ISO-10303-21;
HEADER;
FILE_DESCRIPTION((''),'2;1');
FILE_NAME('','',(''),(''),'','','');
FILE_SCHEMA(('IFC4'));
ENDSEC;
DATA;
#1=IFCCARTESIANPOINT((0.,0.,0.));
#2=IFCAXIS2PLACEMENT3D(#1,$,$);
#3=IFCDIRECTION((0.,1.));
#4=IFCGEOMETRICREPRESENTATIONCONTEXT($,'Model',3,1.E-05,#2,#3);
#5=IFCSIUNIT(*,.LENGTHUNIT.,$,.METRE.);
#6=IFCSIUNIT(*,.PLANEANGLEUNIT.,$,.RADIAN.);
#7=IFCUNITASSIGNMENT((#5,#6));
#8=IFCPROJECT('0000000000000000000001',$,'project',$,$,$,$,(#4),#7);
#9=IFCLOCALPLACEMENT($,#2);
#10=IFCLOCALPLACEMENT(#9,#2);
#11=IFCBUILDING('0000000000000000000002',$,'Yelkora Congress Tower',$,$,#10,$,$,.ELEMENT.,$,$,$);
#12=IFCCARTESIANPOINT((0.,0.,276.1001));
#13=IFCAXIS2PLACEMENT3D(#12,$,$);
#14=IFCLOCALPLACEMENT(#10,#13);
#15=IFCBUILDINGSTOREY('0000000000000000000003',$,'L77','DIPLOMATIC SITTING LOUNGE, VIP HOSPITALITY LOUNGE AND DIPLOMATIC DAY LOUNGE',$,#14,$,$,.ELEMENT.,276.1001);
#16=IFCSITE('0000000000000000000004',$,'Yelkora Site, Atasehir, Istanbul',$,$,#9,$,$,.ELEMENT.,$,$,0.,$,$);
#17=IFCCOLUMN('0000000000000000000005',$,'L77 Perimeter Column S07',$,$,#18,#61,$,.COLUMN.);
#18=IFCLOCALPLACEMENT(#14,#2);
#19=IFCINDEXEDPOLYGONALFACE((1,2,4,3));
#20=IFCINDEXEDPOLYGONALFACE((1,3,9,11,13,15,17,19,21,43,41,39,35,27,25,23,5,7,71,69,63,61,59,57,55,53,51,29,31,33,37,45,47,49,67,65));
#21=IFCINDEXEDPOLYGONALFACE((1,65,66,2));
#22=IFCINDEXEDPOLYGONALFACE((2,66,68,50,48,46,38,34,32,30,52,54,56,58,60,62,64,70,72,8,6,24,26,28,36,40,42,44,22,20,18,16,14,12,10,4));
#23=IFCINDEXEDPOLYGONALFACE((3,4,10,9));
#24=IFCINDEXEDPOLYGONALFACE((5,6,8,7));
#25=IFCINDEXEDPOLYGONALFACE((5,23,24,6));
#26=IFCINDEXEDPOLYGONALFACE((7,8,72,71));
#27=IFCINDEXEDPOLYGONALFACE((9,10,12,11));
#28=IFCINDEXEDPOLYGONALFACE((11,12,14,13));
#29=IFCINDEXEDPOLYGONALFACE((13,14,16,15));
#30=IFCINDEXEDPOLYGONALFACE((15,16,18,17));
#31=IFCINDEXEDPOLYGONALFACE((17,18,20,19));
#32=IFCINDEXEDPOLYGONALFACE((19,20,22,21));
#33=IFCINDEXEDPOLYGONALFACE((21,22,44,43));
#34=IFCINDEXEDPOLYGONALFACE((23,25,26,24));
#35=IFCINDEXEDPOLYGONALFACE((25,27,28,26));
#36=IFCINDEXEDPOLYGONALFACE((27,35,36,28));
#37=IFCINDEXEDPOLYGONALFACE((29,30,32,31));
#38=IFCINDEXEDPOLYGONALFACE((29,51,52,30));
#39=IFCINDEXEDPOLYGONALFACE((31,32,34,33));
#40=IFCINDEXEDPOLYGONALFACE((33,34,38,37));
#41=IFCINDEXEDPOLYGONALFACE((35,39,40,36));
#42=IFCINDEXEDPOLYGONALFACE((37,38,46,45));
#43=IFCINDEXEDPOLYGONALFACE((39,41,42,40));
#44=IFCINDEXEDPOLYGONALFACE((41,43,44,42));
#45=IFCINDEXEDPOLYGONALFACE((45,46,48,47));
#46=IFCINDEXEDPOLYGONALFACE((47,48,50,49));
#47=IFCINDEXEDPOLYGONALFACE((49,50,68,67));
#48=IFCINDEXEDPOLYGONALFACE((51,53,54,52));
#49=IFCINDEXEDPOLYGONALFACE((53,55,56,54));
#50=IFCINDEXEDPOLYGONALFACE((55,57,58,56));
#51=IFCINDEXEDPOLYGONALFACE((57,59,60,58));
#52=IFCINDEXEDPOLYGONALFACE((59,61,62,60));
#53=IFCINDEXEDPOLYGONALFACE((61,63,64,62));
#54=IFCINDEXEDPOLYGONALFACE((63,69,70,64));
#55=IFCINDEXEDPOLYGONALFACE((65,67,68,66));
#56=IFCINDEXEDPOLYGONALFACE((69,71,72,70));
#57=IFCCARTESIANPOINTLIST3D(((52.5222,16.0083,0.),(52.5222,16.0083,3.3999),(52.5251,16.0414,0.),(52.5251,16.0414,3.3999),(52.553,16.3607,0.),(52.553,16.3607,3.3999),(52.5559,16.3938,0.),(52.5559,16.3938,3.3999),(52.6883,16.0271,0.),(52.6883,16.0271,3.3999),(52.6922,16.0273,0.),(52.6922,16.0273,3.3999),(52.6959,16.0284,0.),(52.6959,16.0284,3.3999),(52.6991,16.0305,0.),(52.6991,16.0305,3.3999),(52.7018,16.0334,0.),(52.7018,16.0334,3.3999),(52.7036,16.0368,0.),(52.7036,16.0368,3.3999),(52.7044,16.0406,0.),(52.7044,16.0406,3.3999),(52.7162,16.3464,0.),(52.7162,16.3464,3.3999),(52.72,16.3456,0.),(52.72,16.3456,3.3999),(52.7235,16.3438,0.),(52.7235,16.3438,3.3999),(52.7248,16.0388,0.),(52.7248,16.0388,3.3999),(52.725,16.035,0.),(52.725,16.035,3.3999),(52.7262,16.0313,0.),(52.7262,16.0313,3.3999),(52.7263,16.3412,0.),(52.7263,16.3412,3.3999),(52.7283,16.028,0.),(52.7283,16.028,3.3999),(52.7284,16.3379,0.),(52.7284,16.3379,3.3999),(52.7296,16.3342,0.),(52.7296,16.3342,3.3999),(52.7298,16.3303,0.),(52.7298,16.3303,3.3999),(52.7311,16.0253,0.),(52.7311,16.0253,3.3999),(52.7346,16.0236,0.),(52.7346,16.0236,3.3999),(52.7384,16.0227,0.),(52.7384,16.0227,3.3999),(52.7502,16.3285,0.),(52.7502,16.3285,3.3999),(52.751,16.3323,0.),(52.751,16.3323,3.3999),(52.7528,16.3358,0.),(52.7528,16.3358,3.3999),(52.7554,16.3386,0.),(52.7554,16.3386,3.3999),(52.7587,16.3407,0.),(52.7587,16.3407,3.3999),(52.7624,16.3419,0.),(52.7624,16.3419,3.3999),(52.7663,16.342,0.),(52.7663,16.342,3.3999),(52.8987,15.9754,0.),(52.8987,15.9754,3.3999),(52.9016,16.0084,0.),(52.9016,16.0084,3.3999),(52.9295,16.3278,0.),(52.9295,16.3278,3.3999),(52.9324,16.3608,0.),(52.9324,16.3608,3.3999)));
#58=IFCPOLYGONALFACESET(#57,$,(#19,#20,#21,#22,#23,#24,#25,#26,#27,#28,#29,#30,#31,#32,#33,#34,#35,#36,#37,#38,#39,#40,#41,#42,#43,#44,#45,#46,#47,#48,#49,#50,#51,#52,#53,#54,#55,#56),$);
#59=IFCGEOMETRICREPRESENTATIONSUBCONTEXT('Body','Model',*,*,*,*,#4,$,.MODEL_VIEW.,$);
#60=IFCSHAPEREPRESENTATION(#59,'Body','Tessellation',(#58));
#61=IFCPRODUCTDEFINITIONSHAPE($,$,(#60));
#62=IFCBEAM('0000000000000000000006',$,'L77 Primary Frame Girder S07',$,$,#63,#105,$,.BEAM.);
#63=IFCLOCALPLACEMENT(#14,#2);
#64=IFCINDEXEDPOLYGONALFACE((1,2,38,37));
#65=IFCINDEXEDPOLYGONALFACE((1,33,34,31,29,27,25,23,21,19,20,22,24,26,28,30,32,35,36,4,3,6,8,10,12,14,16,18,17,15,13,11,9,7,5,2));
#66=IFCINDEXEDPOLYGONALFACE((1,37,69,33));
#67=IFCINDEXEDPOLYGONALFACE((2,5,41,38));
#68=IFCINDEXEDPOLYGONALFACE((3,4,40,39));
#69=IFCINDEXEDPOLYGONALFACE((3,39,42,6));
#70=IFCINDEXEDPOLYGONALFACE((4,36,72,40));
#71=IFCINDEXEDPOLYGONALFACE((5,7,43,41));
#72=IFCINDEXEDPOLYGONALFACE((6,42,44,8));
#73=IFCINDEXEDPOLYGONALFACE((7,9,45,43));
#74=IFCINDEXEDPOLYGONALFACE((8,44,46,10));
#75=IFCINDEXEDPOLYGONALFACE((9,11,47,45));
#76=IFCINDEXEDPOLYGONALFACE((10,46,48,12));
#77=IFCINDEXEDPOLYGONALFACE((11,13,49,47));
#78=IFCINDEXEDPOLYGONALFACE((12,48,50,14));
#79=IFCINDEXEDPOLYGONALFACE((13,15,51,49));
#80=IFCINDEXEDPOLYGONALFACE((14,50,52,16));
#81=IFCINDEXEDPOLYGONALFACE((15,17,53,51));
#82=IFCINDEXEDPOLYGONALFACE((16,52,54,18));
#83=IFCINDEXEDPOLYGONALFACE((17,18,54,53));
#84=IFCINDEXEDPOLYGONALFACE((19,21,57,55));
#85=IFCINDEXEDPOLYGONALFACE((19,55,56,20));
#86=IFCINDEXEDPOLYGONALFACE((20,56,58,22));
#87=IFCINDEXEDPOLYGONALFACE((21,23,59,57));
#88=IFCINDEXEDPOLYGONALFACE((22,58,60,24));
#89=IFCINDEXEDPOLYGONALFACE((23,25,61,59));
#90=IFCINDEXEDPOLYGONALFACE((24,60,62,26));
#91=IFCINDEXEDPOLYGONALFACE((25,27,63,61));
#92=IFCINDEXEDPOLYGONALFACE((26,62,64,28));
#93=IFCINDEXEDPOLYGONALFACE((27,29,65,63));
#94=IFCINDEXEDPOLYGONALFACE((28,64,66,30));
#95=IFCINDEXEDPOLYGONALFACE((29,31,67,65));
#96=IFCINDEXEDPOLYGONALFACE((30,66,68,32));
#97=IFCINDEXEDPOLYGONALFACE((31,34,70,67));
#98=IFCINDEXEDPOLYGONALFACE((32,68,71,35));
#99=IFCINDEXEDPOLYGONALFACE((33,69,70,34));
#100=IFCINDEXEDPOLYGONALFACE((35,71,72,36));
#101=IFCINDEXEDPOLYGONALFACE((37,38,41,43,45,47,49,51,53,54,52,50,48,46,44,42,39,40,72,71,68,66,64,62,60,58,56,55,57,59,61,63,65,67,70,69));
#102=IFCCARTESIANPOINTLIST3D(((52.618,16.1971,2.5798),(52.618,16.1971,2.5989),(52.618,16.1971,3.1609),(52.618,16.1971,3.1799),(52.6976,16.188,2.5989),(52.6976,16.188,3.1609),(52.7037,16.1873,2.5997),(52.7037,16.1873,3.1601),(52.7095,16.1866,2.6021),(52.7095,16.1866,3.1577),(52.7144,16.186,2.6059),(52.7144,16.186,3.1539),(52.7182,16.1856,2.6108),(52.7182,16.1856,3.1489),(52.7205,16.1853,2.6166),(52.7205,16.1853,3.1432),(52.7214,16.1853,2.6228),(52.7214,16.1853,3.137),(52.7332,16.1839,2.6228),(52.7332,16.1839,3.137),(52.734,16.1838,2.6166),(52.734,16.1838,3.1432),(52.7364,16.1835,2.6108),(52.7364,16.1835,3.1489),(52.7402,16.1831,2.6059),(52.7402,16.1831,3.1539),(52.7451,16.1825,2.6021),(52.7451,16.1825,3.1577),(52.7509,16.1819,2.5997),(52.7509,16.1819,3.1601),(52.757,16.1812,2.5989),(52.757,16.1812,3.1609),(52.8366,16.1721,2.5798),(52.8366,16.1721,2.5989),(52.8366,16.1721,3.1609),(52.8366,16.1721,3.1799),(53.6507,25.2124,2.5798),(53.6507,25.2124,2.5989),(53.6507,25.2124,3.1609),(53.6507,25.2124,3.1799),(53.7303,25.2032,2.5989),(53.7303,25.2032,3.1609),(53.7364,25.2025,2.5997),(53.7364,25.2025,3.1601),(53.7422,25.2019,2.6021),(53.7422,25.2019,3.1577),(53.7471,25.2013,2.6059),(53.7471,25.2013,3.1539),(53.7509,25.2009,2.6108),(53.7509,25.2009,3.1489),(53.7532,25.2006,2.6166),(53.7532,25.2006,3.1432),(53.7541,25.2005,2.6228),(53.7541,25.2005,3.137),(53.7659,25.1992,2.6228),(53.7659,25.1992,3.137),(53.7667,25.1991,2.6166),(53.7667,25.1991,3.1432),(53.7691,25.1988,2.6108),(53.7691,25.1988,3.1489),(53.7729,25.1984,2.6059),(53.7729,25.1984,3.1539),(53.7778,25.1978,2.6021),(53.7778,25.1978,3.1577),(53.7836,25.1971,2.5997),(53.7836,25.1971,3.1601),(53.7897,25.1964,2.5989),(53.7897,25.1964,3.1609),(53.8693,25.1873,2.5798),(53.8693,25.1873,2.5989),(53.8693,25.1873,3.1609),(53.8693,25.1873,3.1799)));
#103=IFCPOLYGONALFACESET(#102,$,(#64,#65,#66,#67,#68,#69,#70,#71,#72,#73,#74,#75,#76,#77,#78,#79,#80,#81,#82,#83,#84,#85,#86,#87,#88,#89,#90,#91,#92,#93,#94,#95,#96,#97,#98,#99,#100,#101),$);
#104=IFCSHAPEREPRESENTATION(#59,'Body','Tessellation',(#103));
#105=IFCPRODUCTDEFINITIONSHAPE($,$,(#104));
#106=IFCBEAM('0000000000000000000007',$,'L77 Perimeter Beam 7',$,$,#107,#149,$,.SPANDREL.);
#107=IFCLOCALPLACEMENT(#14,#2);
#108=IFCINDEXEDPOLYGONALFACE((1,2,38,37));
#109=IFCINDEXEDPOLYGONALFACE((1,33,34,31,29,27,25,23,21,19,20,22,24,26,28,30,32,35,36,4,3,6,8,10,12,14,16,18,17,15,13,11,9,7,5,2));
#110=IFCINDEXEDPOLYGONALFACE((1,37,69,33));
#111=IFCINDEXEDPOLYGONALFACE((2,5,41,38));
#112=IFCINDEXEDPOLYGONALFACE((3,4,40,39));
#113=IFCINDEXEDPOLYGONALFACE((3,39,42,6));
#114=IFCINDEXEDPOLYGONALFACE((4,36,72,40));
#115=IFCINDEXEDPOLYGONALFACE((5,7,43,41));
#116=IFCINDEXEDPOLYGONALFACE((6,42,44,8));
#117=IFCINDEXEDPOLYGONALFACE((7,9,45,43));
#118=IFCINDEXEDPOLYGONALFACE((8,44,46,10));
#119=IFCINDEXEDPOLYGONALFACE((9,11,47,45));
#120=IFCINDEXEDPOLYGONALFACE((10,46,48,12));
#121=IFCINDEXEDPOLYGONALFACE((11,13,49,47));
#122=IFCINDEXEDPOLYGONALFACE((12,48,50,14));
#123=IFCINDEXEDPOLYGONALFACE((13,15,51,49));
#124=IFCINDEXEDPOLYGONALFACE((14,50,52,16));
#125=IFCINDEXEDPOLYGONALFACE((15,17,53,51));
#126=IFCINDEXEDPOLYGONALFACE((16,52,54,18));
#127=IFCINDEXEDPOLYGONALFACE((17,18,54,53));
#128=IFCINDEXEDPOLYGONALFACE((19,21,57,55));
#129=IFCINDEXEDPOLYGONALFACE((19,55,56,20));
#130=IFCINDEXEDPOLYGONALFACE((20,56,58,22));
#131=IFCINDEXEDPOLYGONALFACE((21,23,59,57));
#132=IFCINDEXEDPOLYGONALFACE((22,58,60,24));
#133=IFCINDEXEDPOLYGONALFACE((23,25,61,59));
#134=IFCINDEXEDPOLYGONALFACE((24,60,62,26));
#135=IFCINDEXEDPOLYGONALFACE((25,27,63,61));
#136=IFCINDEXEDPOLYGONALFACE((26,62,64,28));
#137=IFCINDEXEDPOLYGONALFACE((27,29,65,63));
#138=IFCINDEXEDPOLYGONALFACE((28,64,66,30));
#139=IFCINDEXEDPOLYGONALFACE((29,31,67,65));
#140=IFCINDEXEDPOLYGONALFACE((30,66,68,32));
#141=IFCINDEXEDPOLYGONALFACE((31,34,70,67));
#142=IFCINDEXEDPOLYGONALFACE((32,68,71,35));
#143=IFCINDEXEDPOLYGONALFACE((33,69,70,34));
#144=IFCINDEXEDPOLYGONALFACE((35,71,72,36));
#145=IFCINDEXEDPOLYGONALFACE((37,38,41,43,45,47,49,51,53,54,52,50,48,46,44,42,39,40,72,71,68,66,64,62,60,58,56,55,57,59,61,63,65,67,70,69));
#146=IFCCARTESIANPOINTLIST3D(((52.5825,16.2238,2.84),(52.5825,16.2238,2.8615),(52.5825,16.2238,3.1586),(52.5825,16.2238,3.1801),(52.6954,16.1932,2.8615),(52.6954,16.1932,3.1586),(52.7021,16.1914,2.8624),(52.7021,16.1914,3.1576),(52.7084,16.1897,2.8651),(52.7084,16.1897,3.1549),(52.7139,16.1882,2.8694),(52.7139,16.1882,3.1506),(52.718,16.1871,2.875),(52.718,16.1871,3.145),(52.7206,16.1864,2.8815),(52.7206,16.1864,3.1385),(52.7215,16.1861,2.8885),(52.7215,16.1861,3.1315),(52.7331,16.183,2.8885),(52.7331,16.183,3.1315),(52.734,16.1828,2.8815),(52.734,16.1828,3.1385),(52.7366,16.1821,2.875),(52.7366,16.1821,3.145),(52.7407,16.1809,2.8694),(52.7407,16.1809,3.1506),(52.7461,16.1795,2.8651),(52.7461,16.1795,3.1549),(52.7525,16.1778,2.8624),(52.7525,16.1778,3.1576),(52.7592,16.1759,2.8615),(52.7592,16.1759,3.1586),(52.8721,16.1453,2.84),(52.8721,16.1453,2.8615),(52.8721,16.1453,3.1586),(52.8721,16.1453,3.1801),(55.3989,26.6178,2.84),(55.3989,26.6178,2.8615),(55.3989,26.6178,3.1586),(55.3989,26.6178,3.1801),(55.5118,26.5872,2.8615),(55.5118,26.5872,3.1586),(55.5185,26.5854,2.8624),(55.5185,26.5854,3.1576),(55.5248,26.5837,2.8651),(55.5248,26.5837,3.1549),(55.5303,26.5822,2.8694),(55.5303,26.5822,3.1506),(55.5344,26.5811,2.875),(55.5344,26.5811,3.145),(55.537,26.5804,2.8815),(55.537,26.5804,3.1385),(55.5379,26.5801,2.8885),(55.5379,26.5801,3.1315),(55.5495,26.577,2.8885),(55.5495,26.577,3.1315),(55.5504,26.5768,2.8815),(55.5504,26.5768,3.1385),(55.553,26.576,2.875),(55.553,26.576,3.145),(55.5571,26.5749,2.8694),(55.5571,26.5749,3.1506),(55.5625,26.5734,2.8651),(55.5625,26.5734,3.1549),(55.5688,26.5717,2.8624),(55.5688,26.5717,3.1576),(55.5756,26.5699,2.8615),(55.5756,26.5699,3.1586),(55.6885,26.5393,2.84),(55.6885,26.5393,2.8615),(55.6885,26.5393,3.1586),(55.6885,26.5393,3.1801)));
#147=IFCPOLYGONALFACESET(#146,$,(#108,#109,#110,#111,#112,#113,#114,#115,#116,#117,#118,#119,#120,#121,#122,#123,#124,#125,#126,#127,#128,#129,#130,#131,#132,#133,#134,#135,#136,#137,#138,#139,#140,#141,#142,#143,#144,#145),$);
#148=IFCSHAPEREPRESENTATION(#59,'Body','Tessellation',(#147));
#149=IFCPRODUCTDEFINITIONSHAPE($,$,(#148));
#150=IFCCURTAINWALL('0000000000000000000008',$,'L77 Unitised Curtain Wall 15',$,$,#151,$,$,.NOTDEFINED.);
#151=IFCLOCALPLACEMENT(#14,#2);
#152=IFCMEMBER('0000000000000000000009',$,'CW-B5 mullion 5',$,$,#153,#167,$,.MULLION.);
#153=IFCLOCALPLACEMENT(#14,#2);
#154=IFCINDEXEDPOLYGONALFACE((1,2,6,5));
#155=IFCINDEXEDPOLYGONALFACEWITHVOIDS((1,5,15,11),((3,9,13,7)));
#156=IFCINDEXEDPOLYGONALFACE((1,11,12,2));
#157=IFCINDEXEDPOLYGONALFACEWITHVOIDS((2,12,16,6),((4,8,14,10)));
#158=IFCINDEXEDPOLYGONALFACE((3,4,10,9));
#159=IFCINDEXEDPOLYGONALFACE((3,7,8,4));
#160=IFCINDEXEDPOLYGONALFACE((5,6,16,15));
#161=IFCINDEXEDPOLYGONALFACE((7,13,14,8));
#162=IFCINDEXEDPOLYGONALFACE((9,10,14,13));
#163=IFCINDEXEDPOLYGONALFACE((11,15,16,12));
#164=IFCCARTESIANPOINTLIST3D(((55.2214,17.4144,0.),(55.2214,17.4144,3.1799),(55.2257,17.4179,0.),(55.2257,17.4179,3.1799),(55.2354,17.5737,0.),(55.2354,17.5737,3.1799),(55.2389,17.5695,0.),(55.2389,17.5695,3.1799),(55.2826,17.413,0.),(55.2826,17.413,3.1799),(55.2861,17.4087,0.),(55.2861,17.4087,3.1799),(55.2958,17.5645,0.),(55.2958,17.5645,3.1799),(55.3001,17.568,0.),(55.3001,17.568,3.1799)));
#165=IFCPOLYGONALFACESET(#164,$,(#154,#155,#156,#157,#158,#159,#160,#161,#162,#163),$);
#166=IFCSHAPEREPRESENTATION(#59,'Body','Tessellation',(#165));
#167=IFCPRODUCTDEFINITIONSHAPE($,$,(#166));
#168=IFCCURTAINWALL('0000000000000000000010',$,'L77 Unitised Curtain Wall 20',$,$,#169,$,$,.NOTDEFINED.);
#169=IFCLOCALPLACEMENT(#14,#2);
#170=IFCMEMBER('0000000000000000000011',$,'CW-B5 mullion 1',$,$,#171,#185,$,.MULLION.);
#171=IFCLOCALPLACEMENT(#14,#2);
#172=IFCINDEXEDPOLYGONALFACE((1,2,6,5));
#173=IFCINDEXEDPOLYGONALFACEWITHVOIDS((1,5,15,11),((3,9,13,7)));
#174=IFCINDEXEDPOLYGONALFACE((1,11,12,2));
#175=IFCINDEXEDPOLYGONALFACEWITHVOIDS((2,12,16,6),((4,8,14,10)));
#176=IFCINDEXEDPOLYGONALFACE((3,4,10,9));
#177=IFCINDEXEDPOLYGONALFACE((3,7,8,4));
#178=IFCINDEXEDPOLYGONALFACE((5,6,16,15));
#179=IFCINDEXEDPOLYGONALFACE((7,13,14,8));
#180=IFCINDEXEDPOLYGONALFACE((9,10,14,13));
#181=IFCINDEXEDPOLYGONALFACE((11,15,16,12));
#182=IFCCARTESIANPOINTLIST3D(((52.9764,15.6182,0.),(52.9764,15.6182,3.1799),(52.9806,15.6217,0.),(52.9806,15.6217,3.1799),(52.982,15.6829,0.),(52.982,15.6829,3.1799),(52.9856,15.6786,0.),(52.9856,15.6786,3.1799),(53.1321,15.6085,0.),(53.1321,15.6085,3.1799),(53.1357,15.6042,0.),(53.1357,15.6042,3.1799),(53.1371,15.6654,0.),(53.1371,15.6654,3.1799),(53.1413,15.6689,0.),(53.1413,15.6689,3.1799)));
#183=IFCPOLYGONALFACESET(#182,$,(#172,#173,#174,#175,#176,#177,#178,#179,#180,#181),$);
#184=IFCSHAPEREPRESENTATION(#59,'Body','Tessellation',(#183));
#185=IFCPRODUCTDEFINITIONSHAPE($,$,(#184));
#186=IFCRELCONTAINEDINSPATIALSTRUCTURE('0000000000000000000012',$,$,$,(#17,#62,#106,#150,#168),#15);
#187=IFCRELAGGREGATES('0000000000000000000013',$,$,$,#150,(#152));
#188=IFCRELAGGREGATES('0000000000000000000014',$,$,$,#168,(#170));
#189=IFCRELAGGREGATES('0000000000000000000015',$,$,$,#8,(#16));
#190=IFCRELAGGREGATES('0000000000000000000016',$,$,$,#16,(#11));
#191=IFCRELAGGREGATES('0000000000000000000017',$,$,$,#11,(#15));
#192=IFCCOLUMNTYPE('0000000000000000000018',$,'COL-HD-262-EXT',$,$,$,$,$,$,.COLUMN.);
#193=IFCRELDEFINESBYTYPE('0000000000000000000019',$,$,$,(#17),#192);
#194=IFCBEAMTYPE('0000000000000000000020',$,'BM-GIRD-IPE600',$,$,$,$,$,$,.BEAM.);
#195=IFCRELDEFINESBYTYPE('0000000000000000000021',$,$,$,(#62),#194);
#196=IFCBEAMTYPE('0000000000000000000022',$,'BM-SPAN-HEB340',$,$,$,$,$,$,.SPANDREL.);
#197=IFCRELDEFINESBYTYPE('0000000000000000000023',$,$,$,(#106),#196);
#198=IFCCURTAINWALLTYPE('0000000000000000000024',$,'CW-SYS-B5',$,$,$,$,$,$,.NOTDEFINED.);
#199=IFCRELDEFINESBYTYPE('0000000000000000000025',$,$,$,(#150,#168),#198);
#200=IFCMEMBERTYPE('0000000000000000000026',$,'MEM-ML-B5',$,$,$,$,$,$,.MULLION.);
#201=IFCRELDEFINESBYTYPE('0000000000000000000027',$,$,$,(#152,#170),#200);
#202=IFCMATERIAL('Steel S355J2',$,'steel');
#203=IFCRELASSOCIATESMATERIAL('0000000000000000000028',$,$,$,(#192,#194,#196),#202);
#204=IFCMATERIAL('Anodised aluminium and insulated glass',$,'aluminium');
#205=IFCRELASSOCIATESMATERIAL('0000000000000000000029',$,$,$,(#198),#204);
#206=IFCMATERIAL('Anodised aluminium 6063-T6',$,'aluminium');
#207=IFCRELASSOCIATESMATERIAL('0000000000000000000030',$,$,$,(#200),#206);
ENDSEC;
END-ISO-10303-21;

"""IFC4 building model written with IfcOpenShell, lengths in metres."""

from ifc_helpers import new_model, si_unit, direction, frame, origin, origin_2d, place, context, subcontext, project, spatial, hollow_rectangle, i_section, extrude, material, material_profile, profile_set, type_object, element, aggregate, save


model = new_model("IFC4")

# Units and contexts
model_context = context("Model", 3, precision=1e-05, world=origin(), true_north=direction((0.0, 1.0)))
body_context = subcontext(model_context, "Body", "Model", "MODEL_VIEW")
ifc_project = project(units=[si_unit("LENGTHUNIT", "METRE"), si_unit("PLANEANGLEUNIT", "RADIAN")], contexts=[model_context])

# Site, building, storey
site_placement = place(None, origin())
site = spatial("IfcSite", under=ifc_project, at=site_placement, Name="Yelkora Site, Atasehir, Istanbul", CompositionType="ELEMENT", RefElevation=0.0)
building_placement = place(site_placement, origin())
building = spatial("IfcBuilding", under=site, at=building_placement, Name="Yelkora Congress Tower", CompositionType="ELEMENT")
storey_placement = place(building_placement, frame((0.0, 0.0, 276.1001)))
storey = spatial("IfcBuildingStorey", under=building, at=storey_placement, Name="L77", Description="DIPLOMATIC SITTING LOUNGE, VIP HOSPITALITY LOUNGE AND DIPLOMATIC DAY LOUNGE", CompositionType="ELEMENT", Elevation=276.1001)

# Column
ifc_material_1 = material(Name="Steel S355J2", Category="steel")
ifc_material_profile_1 = material_profile(ifc_material_1, i_section(OverallWidth=0.3779, OverallDepth=0.387, WebThickness=0.0205, FlangeThickness=0.0332, FilletRadius=0.0149, at=origin_2d()), Name="HD 360x262")
ifc_profile_set_1 = profile_set([ifc_material_profile_1], Name="Steel S355J2")
column_type = type_object("IfcColumnType", Name="COL-HD-262-EXT", PredefinedType="COLUMN", material=ifc_profile_set_1)
column_placement = place(storey_placement, frame((52.7273, 16.1846, 0.0), z_axis=(0.0, 0.0, 1.0), x_axis=(0.996195, -0.087156, 0.0)))
element("IfcColumn", 1, at=column_placement, inside=storey, type_object=column_type, Name="L77 Perimeter Column S07", PredefinedType="COLUMN", context=body_context, shape_type="SweptSolid", body=[
    extrude(i_section(OverallWidth=0.3779, OverallDepth=0.387, WebThickness=0.0205, FlangeThickness=0.0332, FilletRadius=0.0149, at=origin_2d()), origin(), (0.0, 0.0, 1.0), 3.3999),
])

# Beams
ifc_material_profile_2 = material_profile(ifc_material_1, i_section(OverallWidth=0.22, OverallDepth=0.6001, WebThickness=0.012, FlangeThickness=0.019, FilletRadius=0.0239, at=origin_2d()), Name="IPE 600")
ifc_profile_set_2 = profile_set([ifc_material_profile_2], Name="Steel S355J2")
beam_type_1 = type_object("IfcBeamType", Name="BM-GIRD-IPE600", PredefinedType="BEAM", material=ifc_profile_set_2)
beam_1_placement = place(storey_placement, frame((52.7273, 16.1846, 2.8799), z_axis=(0.113806, 0.993503, 0.0), x_axis=(-0.993503, 0.113806, 0.0)))
element("IfcBeam", 2, at=beam_1_placement, inside=storey, type_object=beam_type_1, Name="L77 Primary Frame Girder S07", PredefinedType="BEAM", context=body_context, shape_type="SweptSolid", body=[
    extrude(i_section(OverallWidth=0.22, OverallDepth=0.6001, WebThickness=0.012, FlangeThickness=0.019, FilletRadius=0.0239, at=origin_2d()), origin(), (0.0, 0.0, 1.0), 9.0742),
])
ifc_material_profile_3 = material_profile(ifc_material_1, i_section(OverallWidth=0.3, OverallDepth=0.3401, WebThickness=0.012, FlangeThickness=0.0215, FilletRadius=0.0271, at=origin_2d()), Name="HEB 340")
ifc_profile_set_3 = profile_set([ifc_material_profile_3], Name="Steel S355J2")
beam_type_2 = type_object("IfcBeamType", Name="BM-SPAN-HEB340", PredefinedType="SPANDREL", material=ifc_profile_set_3)
beam_2_placement = place(storey_placement, frame((52.7273, 16.1846, 3.01), z_axis=(0.261533, 0.965195, 0.0), x_axis=(-0.965195, 0.261533, 0.0)))
element("IfcBeam", 3, at=beam_2_placement, inside=storey, type_object=beam_type_2, Name="L77 Perimeter Beam 7", PredefinedType="SPANDREL", context=body_context, shape_type="SweptSolid", body=[
    extrude(i_section(OverallWidth=0.3, OverallDepth=0.3401, WebThickness=0.012, FlangeThickness=0.0215, FilletRadius=0.0271, at=origin_2d()), origin(), (0.0, 0.0, 1.0), 10.7688),
])

# Curtain wall, member
ifc_material_2 = material(Name="Anodised aluminium and insulated glass", Category="aluminium")
curtain_wall_type = type_object("IfcCurtainWallType", Name="CW-SYS-B5", PredefinedType="NOTDEFINED", material=ifc_material_2)
curtain_wall_1_placement = place(storey_placement, origin())
curtain_wall_1 = element("IfcCurtainWall", 4, at=curtain_wall_1_placement, inside=storey, type_object=curtain_wall_type, Name="L77 Unitised Curtain Wall 15", PredefinedType="NOTDEFINED")
ifc_material_3 = material(Name="Anodised aluminium 6063-T6", Category="aluminium")
ifc_material_profile_4 = material_profile(ifc_material_3, hollow_rectangle(XDim=0.0649, YDim=0.1599, WallThickness=0.0039, at=origin_2d()), Name="ALU 65x160x4")
ifc_profile_set_4 = profile_set([ifc_material_profile_4], Name="Anodised aluminium 6063-T6")
member_type_1 = type_object("IfcMemberType", Name="MEM-ML-B5", PredefinedType="MULLION", material=ifc_profile_set_4)
member_1_placement = place(storey_placement, frame((55.2607, 17.4912, 0.0), z_axis=(0.0, 0.0, 1.0), x_axis=(0.996194, -0.087158, 0.0)))
member_1 = element("IfcMember", 5, at=member_1_placement, type_object=member_type_1, Name="CW-B5 mullion 5", PredefinedType="MULLION", context=body_context, shape_type="SweptSolid", body=[
    extrude(hollow_rectangle(XDim=0.0649, YDim=0.1599, WallThickness=0.0039, at=origin_2d()), origin(), (0.0, 0.0, 1.0), 3.1799),
])
aggregate(curtain_wall_1, [member_1])

# Curtain wall, member
curtain_wall_2_placement = place(storey_placement, origin())
curtain_wall_2 = element("IfcCurtainWall", 6, at=curtain_wall_2_placement, inside=storey, type_object=curtain_wall_type, Name="L77 Unitised Curtain Wall 20", PredefinedType="NOTDEFINED")
member_2_placement = place(storey_placement, frame((53.0588, 15.6436, 0.0), z_axis=(0.0, 0.0, 1.0), x_axis=(-0.087157, -0.996195, 0.0)))
member_2 = element("IfcMember", 7, at=member_2_placement, type_object=member_type_1, Name="CW-B5 mullion 1", PredefinedType="MULLION", context=body_context, shape_type="SweptSolid", body=[
    extrude(hollow_rectangle(XDim=0.0649, YDim=0.1599, WallThickness=0.0039, at=origin_2d()), origin(), (0.0, 0.0, 1.0), 3.1799),
])
aggregate(curtain_wall_2, [member_2])

save(model, "model.ifc")
